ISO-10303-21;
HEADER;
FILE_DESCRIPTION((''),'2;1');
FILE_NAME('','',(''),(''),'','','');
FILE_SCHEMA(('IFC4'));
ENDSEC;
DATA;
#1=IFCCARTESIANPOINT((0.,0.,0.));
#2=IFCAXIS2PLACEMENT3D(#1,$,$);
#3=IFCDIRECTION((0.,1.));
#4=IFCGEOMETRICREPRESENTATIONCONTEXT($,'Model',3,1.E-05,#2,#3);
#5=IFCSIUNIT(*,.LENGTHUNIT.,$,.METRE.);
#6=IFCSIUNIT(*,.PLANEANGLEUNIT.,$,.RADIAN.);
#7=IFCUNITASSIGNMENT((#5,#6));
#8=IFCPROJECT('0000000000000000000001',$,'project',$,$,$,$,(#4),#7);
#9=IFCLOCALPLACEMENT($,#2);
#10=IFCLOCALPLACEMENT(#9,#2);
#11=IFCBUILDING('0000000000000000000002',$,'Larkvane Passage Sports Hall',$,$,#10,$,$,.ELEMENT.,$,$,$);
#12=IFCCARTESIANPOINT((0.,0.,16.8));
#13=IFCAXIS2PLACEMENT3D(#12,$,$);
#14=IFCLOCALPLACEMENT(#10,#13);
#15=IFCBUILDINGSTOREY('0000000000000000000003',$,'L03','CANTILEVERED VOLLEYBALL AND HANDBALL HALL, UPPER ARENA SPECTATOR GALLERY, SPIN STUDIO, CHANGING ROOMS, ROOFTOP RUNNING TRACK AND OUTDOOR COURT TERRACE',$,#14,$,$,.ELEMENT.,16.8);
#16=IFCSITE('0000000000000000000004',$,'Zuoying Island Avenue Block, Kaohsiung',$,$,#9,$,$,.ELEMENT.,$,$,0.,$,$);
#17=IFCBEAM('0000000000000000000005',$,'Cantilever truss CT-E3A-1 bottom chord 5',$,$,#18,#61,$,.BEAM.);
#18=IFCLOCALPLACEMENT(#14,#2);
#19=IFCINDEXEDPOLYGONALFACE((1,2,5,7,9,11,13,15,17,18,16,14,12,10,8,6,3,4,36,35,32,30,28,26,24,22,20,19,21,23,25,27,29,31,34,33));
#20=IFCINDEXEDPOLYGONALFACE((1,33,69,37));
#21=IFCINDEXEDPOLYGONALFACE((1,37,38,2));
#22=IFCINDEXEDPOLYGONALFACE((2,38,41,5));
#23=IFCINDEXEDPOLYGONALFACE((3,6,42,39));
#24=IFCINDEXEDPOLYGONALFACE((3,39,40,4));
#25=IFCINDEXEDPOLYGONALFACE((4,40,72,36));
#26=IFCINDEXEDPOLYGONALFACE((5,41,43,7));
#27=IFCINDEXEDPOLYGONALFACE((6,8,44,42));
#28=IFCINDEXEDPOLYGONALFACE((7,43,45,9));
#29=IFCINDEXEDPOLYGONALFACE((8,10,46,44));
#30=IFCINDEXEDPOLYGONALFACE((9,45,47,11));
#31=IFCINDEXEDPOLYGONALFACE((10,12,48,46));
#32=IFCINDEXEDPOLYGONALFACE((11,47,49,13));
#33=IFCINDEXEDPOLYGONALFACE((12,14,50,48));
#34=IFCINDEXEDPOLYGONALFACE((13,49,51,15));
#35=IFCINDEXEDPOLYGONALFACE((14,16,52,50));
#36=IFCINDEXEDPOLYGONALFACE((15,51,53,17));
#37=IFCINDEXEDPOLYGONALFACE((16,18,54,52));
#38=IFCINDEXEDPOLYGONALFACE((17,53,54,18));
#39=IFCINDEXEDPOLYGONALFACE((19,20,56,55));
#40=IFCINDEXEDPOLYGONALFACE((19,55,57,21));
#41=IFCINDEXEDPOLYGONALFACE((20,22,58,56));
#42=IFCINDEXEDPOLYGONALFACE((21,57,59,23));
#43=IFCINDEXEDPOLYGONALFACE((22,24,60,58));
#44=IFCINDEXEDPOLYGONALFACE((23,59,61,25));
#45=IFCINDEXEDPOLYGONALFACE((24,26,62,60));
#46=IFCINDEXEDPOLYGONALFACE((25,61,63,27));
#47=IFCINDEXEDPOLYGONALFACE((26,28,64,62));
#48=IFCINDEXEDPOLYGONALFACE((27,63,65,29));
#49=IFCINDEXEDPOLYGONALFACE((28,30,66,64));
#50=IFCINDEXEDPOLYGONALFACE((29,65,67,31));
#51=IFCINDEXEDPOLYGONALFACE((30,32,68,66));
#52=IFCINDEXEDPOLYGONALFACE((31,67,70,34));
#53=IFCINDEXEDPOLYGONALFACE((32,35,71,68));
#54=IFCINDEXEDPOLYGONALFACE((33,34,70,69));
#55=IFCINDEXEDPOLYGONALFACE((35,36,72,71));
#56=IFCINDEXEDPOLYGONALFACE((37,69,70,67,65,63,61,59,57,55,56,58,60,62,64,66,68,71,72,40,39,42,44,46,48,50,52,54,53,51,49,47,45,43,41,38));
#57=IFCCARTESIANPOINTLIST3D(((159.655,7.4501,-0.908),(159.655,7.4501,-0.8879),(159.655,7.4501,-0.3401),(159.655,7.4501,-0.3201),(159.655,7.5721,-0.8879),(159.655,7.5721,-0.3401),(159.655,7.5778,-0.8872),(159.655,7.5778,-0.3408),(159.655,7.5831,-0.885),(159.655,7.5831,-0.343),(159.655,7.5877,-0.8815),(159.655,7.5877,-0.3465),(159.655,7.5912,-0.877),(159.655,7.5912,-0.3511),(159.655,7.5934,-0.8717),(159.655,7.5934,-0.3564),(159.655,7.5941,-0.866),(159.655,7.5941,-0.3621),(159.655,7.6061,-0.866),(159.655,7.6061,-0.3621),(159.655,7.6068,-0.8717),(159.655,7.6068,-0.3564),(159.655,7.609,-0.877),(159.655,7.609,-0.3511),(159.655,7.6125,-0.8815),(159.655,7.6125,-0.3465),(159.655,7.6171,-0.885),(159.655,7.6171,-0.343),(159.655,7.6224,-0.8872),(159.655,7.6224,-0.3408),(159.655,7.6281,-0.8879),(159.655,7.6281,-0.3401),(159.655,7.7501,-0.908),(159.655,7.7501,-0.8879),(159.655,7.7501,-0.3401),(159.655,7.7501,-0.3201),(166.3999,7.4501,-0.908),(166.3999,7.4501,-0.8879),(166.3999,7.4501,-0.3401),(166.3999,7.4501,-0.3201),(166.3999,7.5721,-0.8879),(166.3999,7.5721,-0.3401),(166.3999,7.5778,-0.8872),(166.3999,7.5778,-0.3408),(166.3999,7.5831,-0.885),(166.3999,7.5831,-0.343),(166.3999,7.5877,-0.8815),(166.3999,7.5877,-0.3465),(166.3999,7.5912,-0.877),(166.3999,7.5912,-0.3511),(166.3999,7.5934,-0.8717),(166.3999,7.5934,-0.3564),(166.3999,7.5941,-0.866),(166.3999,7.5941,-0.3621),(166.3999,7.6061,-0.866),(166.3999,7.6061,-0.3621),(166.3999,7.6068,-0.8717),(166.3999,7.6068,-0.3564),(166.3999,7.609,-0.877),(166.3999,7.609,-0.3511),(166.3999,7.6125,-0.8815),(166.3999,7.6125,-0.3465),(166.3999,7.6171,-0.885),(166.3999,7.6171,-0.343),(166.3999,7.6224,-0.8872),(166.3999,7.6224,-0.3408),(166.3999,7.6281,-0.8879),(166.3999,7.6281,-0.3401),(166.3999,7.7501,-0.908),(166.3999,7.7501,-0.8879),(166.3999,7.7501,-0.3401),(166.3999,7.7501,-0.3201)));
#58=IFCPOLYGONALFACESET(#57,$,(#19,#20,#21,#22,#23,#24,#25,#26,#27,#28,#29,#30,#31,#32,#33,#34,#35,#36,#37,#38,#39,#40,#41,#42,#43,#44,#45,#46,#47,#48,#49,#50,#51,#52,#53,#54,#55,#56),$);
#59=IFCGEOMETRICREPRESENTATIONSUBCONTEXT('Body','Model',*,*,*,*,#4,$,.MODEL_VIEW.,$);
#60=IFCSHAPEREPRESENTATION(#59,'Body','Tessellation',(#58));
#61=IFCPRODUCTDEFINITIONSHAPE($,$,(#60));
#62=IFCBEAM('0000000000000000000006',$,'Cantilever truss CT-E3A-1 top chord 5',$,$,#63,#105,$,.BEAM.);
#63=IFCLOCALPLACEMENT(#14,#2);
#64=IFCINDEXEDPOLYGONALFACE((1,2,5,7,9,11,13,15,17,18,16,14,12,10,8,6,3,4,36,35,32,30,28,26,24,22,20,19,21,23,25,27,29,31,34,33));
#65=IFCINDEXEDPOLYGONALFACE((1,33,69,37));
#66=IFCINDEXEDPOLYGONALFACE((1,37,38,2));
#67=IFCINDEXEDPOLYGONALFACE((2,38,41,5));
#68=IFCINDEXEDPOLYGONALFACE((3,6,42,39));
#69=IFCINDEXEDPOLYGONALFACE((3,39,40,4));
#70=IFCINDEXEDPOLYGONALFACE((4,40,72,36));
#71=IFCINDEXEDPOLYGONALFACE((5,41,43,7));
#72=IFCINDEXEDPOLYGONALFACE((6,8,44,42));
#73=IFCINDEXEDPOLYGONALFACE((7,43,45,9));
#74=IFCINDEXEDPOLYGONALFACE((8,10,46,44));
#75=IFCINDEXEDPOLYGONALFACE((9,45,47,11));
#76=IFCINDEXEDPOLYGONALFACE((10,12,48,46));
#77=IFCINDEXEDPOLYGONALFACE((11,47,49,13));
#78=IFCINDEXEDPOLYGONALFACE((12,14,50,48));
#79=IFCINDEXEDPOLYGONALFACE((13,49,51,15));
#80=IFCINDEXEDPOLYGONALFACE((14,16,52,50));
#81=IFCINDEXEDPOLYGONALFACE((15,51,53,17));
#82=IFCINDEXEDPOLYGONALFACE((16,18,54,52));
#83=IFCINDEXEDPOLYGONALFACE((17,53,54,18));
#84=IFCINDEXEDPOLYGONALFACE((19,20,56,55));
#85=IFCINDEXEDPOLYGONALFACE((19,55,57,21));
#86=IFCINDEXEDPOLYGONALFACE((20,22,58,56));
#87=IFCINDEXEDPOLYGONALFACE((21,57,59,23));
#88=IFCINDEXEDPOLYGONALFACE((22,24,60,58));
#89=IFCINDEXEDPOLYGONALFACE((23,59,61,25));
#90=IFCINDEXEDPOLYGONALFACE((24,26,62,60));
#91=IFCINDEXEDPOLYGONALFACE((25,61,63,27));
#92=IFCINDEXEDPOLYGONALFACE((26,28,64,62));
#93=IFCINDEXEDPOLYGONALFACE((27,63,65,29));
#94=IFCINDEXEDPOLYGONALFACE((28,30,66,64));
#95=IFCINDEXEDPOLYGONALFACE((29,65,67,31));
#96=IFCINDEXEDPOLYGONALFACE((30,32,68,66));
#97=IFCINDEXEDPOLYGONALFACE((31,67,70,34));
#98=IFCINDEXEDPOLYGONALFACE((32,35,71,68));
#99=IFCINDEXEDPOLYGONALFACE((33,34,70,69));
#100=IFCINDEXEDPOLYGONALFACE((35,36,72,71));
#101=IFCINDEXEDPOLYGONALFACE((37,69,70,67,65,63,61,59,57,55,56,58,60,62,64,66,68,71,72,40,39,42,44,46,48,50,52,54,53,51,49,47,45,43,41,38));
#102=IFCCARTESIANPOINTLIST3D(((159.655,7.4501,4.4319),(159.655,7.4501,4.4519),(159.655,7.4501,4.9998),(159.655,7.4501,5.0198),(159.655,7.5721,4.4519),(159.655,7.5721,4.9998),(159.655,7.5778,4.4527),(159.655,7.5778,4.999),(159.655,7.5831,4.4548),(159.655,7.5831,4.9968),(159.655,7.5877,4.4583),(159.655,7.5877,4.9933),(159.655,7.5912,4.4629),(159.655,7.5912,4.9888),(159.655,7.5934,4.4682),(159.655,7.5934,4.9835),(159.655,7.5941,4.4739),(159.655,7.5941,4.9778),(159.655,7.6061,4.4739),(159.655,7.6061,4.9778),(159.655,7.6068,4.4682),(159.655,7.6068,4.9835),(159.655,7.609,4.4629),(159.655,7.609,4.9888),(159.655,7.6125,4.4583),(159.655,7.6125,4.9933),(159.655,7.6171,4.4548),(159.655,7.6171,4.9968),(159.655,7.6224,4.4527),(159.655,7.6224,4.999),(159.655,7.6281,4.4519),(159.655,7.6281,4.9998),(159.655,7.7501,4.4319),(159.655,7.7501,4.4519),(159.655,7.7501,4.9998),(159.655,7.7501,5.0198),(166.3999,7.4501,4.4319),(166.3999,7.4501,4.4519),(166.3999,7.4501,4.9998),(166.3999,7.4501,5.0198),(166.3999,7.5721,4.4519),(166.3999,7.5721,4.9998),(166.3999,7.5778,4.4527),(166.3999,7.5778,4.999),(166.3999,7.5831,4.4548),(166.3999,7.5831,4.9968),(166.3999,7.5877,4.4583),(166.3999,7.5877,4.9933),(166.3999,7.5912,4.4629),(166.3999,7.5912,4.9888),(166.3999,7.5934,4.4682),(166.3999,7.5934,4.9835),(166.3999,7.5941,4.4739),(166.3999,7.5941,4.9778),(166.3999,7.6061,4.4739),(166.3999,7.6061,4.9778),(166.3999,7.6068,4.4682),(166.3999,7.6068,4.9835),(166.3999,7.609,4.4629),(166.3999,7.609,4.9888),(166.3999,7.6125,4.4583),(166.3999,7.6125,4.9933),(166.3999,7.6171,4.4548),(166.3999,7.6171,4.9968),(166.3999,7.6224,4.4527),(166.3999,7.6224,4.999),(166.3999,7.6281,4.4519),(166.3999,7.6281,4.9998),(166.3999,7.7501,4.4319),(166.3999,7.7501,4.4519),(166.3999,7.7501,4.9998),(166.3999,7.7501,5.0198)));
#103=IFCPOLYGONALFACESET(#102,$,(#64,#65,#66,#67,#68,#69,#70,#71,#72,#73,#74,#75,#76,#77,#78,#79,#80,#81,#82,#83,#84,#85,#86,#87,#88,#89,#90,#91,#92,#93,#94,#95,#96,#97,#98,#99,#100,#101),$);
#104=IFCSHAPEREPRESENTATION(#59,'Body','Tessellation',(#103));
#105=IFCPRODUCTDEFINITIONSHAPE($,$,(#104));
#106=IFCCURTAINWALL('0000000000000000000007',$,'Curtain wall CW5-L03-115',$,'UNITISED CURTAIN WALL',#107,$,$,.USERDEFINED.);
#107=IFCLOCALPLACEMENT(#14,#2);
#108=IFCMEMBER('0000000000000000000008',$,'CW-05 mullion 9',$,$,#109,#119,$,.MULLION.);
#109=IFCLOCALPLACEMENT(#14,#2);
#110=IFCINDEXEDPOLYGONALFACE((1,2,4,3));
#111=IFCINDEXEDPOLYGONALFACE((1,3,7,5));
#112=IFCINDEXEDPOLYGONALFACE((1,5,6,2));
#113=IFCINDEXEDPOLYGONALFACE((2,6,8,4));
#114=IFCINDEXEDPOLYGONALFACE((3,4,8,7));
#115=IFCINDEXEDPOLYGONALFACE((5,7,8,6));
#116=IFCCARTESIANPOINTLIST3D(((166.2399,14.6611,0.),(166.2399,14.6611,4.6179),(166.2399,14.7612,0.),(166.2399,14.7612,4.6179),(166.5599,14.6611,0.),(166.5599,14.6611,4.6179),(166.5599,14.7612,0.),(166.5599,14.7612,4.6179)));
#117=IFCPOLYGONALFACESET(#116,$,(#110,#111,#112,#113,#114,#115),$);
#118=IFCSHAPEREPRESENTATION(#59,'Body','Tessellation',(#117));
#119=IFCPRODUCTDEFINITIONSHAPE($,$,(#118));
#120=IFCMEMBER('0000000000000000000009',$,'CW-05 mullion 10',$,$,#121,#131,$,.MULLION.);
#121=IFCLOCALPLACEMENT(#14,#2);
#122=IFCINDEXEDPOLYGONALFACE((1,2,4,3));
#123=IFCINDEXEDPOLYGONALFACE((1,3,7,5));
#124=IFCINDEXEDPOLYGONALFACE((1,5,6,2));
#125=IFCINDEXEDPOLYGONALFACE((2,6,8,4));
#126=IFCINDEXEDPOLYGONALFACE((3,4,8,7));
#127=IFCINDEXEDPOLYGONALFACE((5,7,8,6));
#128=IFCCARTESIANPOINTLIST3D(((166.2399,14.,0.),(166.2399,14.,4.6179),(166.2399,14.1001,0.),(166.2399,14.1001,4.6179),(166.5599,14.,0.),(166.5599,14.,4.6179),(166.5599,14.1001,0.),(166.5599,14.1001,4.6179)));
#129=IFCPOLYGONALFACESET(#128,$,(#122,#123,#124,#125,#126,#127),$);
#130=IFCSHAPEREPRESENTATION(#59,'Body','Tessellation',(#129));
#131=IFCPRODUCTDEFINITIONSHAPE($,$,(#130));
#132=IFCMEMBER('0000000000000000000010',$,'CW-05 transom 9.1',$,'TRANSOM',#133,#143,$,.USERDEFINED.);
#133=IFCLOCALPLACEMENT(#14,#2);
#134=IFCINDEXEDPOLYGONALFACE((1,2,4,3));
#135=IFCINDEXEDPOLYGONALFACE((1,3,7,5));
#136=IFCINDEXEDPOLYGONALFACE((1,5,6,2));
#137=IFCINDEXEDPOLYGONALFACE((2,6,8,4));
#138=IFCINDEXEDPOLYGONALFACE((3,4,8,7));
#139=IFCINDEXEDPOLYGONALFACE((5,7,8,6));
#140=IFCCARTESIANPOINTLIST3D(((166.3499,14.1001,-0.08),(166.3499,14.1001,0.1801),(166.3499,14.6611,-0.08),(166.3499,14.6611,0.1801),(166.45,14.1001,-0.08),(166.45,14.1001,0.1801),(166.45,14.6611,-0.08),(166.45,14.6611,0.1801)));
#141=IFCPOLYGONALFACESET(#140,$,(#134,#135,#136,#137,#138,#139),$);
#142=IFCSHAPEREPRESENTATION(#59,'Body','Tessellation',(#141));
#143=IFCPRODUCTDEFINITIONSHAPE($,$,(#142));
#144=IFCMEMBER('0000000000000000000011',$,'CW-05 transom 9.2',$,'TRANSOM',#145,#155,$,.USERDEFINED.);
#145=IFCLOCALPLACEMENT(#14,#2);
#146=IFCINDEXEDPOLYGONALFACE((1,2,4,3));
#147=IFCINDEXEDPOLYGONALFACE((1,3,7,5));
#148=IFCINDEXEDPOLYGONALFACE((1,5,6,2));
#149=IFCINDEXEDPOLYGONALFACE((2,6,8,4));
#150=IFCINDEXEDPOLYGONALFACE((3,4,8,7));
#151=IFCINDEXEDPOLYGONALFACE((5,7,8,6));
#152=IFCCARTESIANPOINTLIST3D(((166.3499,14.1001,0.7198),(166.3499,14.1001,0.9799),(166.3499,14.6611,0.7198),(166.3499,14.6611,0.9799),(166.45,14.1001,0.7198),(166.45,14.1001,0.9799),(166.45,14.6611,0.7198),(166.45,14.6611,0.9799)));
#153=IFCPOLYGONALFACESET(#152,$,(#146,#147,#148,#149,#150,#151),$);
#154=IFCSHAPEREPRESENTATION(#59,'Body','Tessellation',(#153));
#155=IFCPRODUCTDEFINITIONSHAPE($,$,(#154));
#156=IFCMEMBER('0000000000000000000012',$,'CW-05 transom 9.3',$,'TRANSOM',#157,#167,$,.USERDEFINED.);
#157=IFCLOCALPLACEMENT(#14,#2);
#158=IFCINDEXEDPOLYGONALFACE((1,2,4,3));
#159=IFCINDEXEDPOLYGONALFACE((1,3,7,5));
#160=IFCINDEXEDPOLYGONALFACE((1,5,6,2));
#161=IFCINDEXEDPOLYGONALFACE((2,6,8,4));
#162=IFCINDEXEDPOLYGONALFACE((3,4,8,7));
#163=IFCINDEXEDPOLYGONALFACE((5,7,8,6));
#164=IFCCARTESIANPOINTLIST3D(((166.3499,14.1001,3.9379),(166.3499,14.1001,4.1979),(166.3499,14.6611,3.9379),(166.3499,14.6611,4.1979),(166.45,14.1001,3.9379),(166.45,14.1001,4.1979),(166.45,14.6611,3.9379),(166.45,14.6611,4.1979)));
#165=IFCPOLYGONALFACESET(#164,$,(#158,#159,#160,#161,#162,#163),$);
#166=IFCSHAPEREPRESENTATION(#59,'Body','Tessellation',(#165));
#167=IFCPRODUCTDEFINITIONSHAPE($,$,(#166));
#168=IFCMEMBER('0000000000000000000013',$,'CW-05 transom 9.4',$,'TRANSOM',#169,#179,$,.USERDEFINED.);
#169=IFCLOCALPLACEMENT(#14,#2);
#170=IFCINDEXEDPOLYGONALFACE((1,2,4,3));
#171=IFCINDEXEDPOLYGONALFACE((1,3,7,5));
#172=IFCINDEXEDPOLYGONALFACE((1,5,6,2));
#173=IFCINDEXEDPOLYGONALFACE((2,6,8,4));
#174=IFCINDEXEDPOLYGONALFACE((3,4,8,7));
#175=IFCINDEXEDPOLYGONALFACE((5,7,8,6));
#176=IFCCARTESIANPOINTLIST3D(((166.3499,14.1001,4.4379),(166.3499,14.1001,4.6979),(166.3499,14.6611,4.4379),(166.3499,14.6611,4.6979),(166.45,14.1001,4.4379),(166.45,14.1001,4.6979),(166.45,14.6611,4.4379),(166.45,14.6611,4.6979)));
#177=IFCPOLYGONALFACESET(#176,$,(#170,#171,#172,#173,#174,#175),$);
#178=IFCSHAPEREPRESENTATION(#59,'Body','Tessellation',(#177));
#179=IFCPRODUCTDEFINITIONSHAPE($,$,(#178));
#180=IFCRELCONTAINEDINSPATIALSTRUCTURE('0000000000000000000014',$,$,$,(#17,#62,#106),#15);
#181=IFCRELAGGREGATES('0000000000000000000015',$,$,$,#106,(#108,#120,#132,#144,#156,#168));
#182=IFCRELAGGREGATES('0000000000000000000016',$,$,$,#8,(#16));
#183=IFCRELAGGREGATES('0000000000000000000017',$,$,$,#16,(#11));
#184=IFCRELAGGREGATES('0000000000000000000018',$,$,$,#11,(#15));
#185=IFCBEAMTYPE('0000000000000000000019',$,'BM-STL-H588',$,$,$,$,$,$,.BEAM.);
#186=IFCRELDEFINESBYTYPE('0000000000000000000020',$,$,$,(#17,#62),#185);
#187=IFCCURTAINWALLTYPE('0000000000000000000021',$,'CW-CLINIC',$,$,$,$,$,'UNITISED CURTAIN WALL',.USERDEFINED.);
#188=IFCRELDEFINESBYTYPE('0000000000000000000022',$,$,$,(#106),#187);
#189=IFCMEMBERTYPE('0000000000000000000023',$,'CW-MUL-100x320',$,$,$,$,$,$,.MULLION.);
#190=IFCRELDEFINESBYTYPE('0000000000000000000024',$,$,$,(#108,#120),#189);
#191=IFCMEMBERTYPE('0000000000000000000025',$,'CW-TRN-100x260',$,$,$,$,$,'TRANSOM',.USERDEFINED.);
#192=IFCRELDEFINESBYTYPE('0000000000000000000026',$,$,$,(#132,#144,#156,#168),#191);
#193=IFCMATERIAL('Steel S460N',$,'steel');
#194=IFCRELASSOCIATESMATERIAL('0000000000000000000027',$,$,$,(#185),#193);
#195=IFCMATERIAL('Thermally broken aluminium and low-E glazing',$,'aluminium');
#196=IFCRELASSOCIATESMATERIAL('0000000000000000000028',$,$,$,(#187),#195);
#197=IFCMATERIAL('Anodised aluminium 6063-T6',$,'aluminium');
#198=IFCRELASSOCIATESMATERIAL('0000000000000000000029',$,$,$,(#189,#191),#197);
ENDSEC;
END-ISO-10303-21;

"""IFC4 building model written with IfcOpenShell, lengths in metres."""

from ifc_helpers import new_model, si_unit, direction, frame, origin, origin_2d, place, context, subcontext, project, spatial, rectangle, i_section, extrude, material, material_profile, profile_set, type_object, element, aggregate, save


model = new_model("IFC4")

# Units and contexts
model_context = context("Model", 3, precision=1e-05, world=origin(), true_north=direction((0.0, 1.0)))
body_context = subcontext(model_context, "Body", "Model", "MODEL_VIEW")
ifc_project = project(units=[si_unit("LENGTHUNIT", "METRE"), si_unit("PLANEANGLEUNIT", "RADIAN")], contexts=[model_context])

# Site, building, storey
site_placement = place(None, origin())
site = spatial("IfcSite", under=ifc_project, at=site_placement, Name="Zuoying Island Avenue Block, Kaohsiung", CompositionType="ELEMENT", RefElevation=0.0)
building_placement = place(site_placement, origin())
building = spatial("IfcBuilding", under=site, at=building_placement, Name="Larkvane Passage Sports Hall", CompositionType="ELEMENT")
storey_placement = place(building_placement, frame((0.0, 0.0, 16.8)))
storey = spatial("IfcBuildingStorey", under=building, at=storey_placement, Name="L03", Description="CANTILEVERED VOLLEYBALL AND HANDBALL HALL, UPPER ARENA SPECTATOR GALLERY, SPIN STUDIO, CHANGING ROOMS, ROOFTOP RUNNING TRACK AND OUTDOOR COURT TERRACE", CompositionType="ELEMENT", Elevation=16.8)

# Beams
ifc_material_1 = material(Name="Steel S460N", Category="steel")
ifc_material_profile_1 = material_profile(ifc_material_1, i_section(OverallWidth=0.3, OverallDepth=0.5879, WebThickness=0.012, FlangeThickness=0.02, FilletRadius=0.022, at=origin_2d()), Name="H-588x300x12x20")
ifc_profile_set_1 = profile_set([ifc_material_profile_1], Name="Steel S460N")
beam_type_1 = type_object("IfcBeamType", Name="BM-STL-H588", PredefinedType="BEAM", material=ifc_profile_set_1)
for number, where, z_axis, x_axis, name in (
    (1, (159.655, 7.6001, -0.614), (1.0, 0.0, 0.0), (0.0, 1.0, 0.0), "Cantilever truss CT-E3A-1 bottom chord 5"),
    (2, (159.655, 7.6001, 4.7258), (1.0, 0.0, 0.0), (0.0, 1.0, 0.0), "Cantilever truss CT-E3A-1 top chord 5"),
):
    element("IfcBeam", number, at=place(storey_placement, frame(where, z_axis=z_axis, x_axis=x_axis)), inside=storey, type_object=beam_type_1, Name=name, PredefinedType="BEAM", context=body_context, shape_type="SweptSolid", body=[
        extrude(i_section(OverallWidth=0.3, OverallDepth=0.5879, WebThickness=0.012, FlangeThickness=0.02, FilletRadius=0.022, at=origin_2d()), origin(), (0.0, 0.0, 1.0), 6.7449),
    ])

# Curtain wall, members
ifc_material_2 = material(Name="Thermally broken aluminium and low-E glazing", Category="aluminium")
curtain_wall_type = type_object("IfcCurtainWallType", Name="CW-CLINIC", ElementType="UNITISED CURTAIN WALL", PredefinedType="USERDEFINED", material=ifc_material_2)
curtain_wall_placement = place(storey_placement, origin())
curtain_wall = element("IfcCurtainWall", 3, at=curtain_wall_placement, inside=storey, type_object=curtain_wall_type, Name="Curtain wall CW5-L03-115", ObjectType="UNITISED CURTAIN WALL", PredefinedType="USERDEFINED")
ifc_material_3 = material(Name="Anodised aluminium 6063-T6", Category="aluminium")
ifc_material_profile_2 = material_profile(ifc_material_3, rectangle(XDim=0.1001, YDim=0.3201, at=origin_2d()), Name="ALU-MUL-100x320")
ifc_profile_set_2 = profile_set([ifc_material_profile_2], Name="Anodised aluminium 6063-T6")
member_type_1 = type_object("IfcMemberType", Name="CW-MUL-100x320", PredefinedType="MULLION", material=ifc_profile_set_2)
member_1_placement = place(storey_placement, frame((166.3999, 14.7112, 0.0), z_axis=(0.0, 0.0, 1.0), x_axis=(0.0, -1.0, 0.0)))
member_1 = element("IfcMember", 4, at=member_1_placement, type_object=member_type_1, Name="CW-05 mullion 9", PredefinedType="MULLION", context=body_context, shape_type="SweptSolid", body=[
    extrude(rectangle(XDim=0.1001, YDim=0.3201, at=origin_2d()), origin(), (0.0, 0.0, 1.0), 4.6179),
])
member_2_placement = place(storey_placement, frame((166.3999, 14.05, 0.0), z_axis=(0.0, 0.0, 1.0), x_axis=(0.0, -1.0, 0.0)))
member_2 = element("IfcMember", 5, at=member_2_placement, type_object=member_type_1, Name="CW-05 mullion 10", PredefinedType="MULLION", context=body_context, shape_type="SweptSolid", body=[
    extrude(rectangle(XDim=0.1001, YDim=0.3201, at=origin_2d()), origin(), (0.0, 0.0, 1.0), 4.6179),
])
ifc_material_profile_3 = material_profile(ifc_material_3, rectangle(XDim=0.1001, YDim=0.26, at=origin_2d()), Name="ALU-TRN-100x260")
ifc_profile_set_3 = profile_set([ifc_material_profile_3], Name="Anodised aluminium 6063-T6")
member_type_2 = type_object("IfcMemberType", Name="CW-TRN-100x260", ElementType="TRANSOM", PredefinedType="USERDEFINED", material=ifc_profile_set_3)
member_3_placement = place(storey_placement, frame((166.3999, 14.6611, 0.05), z_axis=(0.0, -1.0, 0.0), x_axis=(1.0, 0.0, 0.0)))
member_3 = element("IfcMember", 6, at=member_3_placement, type_object=member_type_2, Name="CW-05 transom 9.1", ObjectType="TRANSOM", PredefinedType="USERDEFINED", context=body_context, shape_type="SweptSolid", body=[
    extrude(rectangle(XDim=0.1001, YDim=0.26, at=origin_2d()), origin(), (0.0, 0.0, 1.0), 0.561),
])
member_4_placement = place(storey_placement, frame((166.3999, 14.6611, 0.8499), z_axis=(0.0, -1.0, 0.0), x_axis=(1.0, 0.0, 0.0)))
member_4 = element("IfcMember", 7, at=member_4_placement, type_object=member_type_2, Name="CW-05 transom 9.2", ObjectType="TRANSOM", PredefinedType="USERDEFINED", context=body_context, shape_type="SweptSolid", body=[
    extrude(rectangle(XDim=0.1001, YDim=0.26, at=origin_2d()), origin(), (0.0, 0.0, 1.0), 0.561),
])
member_5_placement = place(storey_placement, frame((166.3999, 14.6611, 4.0679), z_axis=(0.0, -1.0, 0.0), x_axis=(1.0, 0.0, 0.0)))
member_5 = element("IfcMember", 8, at=member_5_placement, type_object=member_type_2, Name="CW-05 transom 9.3", ObjectType="TRANSOM", PredefinedType="USERDEFINED", context=body_context, shape_type="SweptSolid", body=[
    extrude(rectangle(XDim=0.1001, YDim=0.26, at=origin_2d()), origin(), (0.0, 0.0, 1.0), 0.561),
])
member_6_placement = place(storey_placement, frame((166.3999, 14.6611, 4.5679), z_axis=(0.0, -1.0, 0.0), x_axis=(1.0, 0.0, 0.0)))
member_6 = element("IfcMember", 9, at=member_6_placement, type_object=member_type_2, Name="CW-05 transom 9.4", ObjectType="TRANSOM", PredefinedType="USERDEFINED", context=body_context, shape_type="SweptSolid", body=[
    extrude(rectangle(XDim=0.1001, YDim=0.26, at=origin_2d()), origin(), (0.0, 0.0, 1.0), 0.561),
])

aggregate(curtain_wall, [member_1, member_2, member_3, member_4, member_5, member_6])

save(model, "model.ifc")
